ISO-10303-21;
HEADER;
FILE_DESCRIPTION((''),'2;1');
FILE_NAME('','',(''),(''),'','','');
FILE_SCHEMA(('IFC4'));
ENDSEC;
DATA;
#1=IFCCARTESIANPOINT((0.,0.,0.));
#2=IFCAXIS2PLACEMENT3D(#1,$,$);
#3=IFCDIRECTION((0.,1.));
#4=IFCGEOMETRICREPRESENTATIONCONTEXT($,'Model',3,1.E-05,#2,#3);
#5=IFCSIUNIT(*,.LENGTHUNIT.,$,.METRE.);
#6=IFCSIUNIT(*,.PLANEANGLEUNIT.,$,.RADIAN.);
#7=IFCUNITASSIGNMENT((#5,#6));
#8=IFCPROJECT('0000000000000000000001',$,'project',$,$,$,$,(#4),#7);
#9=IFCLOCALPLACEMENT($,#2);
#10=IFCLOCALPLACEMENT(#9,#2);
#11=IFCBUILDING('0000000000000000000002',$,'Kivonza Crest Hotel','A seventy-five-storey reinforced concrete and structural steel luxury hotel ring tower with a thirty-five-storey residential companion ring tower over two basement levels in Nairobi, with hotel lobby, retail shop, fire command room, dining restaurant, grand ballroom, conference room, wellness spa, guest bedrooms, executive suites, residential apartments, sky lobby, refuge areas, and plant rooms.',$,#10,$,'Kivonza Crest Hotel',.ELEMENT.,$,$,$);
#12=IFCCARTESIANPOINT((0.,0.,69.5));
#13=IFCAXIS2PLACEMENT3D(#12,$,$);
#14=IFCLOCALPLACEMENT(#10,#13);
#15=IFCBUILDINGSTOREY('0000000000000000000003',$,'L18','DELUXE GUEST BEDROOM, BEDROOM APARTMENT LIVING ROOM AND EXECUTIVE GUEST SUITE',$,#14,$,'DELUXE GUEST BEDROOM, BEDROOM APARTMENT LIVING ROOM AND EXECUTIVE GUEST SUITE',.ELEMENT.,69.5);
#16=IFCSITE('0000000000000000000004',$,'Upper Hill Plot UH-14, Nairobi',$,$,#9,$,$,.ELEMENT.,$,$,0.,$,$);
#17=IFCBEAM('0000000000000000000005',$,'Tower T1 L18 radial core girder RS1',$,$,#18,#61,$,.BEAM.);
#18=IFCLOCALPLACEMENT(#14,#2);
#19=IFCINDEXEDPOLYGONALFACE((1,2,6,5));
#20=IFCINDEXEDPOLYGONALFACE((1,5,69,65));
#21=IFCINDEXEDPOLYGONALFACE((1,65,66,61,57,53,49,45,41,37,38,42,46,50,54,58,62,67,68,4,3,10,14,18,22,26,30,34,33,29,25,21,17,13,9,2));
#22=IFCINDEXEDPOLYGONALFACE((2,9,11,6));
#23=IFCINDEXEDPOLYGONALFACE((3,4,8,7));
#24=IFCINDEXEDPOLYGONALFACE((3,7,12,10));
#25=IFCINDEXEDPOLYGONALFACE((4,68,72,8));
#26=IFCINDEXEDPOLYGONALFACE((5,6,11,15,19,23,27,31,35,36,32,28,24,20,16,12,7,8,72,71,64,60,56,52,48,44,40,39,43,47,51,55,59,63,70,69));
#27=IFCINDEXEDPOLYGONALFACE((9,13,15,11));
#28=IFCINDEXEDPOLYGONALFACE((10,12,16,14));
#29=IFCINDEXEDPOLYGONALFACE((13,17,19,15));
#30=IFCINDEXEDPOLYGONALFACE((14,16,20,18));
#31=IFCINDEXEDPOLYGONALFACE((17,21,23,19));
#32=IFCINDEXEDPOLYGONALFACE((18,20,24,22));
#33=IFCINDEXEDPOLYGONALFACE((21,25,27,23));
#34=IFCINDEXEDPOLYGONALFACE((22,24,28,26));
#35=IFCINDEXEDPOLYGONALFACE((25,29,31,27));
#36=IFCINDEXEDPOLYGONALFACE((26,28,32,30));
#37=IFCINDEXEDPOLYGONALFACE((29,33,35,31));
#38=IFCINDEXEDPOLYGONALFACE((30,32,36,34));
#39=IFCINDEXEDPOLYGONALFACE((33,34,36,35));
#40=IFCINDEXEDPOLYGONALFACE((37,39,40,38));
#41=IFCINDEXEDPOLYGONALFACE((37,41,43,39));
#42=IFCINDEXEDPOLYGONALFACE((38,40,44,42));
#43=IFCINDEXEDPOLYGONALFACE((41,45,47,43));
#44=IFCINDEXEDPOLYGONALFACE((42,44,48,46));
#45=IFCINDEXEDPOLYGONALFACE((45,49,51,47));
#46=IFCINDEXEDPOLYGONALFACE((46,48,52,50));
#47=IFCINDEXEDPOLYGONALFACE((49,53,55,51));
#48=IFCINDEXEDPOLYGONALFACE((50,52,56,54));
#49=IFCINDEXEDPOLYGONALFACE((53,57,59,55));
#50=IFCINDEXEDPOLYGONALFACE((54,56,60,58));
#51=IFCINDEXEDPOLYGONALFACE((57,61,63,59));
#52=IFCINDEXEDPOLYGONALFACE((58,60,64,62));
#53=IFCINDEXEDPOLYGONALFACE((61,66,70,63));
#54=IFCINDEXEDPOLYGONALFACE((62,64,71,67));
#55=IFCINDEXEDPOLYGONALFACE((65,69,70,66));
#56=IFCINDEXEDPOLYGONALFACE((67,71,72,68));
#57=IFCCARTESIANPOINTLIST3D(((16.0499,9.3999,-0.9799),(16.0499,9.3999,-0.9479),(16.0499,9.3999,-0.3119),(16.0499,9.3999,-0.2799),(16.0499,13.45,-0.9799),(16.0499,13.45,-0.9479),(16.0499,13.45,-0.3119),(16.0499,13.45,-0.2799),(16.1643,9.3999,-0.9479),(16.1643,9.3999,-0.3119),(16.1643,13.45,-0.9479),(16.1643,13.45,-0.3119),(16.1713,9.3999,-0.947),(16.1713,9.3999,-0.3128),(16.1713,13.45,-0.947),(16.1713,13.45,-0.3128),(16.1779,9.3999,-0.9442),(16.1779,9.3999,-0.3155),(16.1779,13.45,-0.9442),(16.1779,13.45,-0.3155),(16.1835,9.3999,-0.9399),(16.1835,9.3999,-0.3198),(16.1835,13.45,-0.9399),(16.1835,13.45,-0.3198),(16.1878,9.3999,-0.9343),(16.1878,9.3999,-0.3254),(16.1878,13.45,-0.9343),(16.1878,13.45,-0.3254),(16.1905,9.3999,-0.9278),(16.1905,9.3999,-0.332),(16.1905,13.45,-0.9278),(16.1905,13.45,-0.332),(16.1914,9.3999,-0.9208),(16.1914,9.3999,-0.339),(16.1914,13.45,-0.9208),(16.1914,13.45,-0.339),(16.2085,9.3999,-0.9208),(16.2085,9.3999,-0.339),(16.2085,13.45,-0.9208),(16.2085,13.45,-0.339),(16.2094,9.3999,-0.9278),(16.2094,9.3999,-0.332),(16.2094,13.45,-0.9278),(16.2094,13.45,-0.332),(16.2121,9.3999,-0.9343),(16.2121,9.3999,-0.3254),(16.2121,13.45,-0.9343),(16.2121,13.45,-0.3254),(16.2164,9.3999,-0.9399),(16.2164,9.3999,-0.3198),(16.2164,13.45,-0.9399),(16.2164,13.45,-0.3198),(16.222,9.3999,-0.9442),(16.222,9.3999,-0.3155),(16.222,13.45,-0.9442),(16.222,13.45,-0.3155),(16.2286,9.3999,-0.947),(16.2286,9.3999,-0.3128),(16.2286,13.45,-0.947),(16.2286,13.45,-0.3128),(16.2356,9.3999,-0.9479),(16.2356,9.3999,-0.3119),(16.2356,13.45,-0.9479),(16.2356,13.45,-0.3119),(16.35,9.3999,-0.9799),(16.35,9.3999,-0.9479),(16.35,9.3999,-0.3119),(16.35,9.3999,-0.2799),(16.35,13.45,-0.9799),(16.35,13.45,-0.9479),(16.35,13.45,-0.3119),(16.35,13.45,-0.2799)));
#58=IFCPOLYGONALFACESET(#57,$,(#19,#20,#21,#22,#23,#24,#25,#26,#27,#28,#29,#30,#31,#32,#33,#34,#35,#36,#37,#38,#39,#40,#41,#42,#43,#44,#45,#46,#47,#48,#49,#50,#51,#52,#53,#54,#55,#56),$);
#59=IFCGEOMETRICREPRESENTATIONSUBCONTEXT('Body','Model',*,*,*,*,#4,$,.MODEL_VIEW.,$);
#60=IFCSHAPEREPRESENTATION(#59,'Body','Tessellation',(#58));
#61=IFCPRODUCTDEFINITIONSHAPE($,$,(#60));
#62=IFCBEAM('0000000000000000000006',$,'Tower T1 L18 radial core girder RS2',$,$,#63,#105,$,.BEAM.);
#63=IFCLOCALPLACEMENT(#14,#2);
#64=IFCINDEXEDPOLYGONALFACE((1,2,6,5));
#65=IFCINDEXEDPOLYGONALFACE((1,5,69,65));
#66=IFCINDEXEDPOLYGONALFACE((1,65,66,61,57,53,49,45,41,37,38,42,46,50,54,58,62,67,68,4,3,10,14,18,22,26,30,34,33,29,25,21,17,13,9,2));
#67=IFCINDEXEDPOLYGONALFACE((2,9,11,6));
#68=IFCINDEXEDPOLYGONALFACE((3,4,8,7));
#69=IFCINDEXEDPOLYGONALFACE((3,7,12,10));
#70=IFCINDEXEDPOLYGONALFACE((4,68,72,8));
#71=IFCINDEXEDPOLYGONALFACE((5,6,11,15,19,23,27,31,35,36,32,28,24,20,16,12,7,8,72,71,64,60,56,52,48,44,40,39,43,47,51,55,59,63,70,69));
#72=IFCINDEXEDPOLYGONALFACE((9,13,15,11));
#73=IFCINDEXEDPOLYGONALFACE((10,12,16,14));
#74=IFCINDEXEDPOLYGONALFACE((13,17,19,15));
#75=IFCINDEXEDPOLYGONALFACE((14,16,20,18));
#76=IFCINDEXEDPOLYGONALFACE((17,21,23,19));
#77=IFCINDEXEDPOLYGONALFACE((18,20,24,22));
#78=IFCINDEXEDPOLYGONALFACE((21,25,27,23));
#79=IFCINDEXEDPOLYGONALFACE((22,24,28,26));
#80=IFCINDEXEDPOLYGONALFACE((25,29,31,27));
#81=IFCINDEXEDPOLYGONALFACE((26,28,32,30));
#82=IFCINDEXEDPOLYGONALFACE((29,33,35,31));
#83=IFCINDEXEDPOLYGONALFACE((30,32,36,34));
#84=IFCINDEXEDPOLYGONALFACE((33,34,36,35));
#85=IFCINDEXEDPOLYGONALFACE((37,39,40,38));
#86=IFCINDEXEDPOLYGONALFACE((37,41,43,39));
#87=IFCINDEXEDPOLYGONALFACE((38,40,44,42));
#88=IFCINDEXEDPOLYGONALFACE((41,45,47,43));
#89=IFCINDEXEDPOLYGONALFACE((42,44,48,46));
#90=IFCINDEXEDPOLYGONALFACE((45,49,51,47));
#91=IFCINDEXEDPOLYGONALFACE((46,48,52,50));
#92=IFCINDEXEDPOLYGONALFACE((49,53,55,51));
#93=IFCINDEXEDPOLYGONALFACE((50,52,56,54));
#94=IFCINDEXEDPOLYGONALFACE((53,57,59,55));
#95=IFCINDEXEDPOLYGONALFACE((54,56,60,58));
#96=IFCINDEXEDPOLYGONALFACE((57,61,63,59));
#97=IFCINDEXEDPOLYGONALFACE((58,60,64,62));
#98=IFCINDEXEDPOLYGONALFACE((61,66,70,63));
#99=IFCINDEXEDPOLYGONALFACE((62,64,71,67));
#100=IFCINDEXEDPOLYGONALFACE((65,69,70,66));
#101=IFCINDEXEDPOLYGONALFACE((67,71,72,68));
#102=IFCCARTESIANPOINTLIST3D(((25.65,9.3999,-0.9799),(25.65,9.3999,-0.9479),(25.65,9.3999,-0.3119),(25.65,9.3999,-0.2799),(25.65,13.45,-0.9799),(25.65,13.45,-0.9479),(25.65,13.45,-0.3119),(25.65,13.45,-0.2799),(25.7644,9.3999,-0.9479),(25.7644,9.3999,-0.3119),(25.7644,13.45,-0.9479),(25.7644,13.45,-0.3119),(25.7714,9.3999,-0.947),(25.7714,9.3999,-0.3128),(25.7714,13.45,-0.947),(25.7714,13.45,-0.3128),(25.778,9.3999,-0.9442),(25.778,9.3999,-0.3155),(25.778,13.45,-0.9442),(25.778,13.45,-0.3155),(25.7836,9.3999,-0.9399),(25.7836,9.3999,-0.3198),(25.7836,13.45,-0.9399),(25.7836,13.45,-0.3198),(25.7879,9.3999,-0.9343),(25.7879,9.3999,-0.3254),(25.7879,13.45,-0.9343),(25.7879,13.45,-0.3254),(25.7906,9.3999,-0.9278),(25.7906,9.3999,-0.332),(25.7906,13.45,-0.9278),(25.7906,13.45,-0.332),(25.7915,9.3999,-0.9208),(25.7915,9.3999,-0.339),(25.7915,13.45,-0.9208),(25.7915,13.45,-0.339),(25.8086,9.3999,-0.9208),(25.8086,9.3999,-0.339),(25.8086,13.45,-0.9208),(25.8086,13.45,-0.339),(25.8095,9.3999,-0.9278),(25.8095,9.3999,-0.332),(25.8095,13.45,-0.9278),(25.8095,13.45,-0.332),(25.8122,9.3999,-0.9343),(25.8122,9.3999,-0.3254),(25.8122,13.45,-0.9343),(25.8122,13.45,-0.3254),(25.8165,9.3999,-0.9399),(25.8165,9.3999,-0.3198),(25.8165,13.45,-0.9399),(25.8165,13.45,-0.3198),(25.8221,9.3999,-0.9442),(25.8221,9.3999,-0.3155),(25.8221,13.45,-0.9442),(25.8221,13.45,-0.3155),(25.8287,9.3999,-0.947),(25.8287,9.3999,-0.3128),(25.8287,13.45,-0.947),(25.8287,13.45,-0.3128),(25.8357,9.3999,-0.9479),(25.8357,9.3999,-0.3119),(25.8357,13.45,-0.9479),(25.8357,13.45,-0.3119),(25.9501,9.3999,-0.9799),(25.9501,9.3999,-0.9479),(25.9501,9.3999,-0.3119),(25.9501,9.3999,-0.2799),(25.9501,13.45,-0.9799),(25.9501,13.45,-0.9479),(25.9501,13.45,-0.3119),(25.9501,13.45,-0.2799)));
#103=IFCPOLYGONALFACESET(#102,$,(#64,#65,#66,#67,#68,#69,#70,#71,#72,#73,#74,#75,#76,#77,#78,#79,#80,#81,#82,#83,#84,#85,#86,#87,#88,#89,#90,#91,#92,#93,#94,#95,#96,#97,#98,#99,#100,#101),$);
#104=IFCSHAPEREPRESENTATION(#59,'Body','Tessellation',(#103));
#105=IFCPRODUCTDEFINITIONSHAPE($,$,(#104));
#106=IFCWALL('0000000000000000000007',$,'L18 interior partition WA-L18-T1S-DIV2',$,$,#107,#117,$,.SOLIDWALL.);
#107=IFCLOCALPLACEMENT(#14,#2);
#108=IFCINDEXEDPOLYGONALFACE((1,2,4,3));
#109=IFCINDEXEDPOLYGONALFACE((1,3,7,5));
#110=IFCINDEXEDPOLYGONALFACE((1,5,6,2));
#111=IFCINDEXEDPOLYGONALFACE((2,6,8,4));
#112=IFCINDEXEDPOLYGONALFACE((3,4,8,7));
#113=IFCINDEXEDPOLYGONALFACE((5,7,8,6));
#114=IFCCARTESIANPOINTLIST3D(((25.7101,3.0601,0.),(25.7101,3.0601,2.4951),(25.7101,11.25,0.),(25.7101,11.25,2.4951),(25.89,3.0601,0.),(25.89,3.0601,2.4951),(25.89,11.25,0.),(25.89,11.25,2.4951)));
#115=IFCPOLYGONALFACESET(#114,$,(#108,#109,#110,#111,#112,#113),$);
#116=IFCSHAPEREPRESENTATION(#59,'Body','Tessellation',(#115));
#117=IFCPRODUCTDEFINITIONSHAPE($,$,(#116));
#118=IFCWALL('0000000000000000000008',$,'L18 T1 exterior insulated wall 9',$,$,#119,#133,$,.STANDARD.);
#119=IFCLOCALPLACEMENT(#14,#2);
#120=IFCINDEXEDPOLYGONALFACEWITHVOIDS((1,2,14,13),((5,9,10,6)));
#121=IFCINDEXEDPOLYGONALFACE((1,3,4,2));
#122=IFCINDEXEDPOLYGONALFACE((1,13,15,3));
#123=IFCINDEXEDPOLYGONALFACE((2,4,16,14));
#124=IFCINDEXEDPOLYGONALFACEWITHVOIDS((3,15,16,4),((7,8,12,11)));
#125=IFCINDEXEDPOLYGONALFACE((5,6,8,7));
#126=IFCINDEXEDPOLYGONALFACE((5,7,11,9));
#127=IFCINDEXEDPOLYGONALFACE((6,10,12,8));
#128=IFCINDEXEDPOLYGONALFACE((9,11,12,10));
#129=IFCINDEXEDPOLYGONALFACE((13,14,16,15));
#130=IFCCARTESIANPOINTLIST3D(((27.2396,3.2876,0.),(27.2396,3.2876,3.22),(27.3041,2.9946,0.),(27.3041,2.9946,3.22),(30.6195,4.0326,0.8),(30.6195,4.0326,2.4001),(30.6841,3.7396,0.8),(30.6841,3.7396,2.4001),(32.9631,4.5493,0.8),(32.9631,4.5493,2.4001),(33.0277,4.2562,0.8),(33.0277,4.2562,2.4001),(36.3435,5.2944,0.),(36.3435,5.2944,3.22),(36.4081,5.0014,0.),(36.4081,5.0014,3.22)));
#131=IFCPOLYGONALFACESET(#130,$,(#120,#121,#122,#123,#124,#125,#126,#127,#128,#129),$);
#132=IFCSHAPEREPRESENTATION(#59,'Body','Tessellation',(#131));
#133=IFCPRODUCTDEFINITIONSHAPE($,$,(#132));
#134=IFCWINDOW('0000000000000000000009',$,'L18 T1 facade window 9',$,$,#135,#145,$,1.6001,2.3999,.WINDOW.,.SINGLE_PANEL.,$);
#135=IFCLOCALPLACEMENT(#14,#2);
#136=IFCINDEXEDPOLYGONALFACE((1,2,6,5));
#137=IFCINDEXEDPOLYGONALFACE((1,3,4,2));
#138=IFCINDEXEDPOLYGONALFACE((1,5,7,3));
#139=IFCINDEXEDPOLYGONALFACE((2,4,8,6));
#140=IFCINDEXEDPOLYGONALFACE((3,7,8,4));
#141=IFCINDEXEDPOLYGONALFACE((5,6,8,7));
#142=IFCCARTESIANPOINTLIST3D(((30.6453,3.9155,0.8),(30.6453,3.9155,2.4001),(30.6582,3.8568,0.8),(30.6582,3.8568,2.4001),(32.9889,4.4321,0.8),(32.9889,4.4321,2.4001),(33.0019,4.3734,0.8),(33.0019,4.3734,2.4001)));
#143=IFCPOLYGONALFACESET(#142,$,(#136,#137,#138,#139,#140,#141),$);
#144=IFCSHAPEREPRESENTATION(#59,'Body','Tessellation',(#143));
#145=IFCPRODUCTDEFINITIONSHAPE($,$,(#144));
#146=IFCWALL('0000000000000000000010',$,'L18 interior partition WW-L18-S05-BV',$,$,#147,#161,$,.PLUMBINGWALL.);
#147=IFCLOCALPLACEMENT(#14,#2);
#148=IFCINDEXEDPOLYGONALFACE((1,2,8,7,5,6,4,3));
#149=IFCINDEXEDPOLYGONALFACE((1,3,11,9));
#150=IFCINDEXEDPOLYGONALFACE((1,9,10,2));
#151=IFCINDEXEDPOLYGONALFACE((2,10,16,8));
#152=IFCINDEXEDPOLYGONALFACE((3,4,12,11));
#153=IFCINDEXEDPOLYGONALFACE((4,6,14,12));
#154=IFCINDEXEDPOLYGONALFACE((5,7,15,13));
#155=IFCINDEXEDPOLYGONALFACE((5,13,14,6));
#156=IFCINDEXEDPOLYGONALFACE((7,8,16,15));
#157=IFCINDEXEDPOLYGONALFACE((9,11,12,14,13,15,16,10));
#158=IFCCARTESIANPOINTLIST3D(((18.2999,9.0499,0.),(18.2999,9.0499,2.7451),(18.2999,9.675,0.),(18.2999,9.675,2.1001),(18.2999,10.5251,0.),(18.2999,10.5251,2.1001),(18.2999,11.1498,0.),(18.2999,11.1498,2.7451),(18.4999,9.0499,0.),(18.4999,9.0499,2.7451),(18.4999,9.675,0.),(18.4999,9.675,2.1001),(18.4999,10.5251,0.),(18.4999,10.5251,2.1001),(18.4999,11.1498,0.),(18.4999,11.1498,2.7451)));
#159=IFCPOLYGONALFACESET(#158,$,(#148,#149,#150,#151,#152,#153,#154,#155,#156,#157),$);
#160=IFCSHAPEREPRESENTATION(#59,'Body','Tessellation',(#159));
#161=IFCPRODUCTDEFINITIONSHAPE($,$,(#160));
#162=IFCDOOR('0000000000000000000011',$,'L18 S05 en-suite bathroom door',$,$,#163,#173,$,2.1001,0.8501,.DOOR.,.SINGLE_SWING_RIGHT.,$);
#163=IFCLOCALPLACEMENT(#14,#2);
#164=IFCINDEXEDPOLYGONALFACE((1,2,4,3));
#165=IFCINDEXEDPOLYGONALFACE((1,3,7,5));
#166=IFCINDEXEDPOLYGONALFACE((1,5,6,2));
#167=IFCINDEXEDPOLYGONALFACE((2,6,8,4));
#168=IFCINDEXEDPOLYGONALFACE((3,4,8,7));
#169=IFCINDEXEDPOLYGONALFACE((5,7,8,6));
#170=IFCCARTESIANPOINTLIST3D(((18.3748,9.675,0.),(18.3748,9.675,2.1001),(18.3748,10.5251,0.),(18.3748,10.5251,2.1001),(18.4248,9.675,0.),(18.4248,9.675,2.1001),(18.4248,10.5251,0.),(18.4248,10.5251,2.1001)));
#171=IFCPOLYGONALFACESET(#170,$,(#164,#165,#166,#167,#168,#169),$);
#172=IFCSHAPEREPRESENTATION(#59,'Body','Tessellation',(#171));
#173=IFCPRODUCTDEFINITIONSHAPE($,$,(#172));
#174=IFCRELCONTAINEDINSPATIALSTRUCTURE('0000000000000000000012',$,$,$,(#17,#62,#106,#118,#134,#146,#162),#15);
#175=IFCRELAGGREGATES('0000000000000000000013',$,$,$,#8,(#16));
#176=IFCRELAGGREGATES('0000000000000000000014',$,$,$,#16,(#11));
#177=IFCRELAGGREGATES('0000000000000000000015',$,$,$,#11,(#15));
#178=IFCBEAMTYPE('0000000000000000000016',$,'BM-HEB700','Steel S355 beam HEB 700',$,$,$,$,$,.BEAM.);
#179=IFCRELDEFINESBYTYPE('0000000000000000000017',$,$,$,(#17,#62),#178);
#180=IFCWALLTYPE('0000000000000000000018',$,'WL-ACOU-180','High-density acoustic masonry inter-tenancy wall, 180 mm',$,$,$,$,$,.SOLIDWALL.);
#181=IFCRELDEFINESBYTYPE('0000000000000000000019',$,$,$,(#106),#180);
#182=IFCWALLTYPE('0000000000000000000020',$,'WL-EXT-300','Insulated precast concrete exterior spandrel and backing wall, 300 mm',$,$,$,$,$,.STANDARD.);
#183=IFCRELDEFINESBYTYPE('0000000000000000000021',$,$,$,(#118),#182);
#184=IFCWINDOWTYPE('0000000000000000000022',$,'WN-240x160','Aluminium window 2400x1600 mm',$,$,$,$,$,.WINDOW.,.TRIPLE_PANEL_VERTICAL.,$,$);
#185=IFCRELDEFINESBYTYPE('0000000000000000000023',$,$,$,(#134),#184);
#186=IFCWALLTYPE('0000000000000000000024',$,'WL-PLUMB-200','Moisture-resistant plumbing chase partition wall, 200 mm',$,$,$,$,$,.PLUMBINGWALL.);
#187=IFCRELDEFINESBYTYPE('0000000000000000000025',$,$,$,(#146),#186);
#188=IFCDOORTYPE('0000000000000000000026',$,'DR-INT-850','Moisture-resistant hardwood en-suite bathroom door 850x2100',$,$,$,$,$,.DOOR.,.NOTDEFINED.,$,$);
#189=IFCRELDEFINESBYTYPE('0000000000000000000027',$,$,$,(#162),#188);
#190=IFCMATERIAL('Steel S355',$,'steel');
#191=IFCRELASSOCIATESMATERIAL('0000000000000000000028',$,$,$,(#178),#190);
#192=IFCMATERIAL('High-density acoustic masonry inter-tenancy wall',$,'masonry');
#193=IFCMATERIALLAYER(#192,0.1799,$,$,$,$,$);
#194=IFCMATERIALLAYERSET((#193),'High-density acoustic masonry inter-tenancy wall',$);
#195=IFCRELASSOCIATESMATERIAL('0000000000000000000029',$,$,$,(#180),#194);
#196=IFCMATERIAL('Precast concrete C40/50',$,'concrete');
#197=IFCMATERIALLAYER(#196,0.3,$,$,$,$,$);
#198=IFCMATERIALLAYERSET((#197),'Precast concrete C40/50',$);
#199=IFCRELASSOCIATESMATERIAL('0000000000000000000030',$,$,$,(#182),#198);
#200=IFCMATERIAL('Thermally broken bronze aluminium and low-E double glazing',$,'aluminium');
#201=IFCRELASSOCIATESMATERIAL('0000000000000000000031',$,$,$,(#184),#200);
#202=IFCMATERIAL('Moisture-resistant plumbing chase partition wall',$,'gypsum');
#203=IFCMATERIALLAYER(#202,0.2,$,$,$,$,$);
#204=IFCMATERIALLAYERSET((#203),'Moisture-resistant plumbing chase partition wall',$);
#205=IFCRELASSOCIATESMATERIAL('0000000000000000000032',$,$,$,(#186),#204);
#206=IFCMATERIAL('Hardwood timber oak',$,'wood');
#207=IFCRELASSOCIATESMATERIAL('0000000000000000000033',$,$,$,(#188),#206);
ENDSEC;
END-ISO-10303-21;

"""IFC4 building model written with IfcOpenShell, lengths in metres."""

from ifc_helpers import new_model, si_unit, direction, frame, frame_2d, origin, origin_2d, place, context, subcontext, project, spatial, rectangle, i_section, extrude, material, layer, layer_set, material_profile, profile_set, type_object, element, fill, save


model = new_model("IFC4")

# Units and contexts
model_context = context("Model", 3, precision=1e-05, world=origin(), true_north=direction((0.0, 1.0)))
body_context = subcontext(model_context, "Body", "Model", "MODEL_VIEW")
ifc_project = project(units=[si_unit("LENGTHUNIT", "METRE"), si_unit("PLANEANGLEUNIT", "RADIAN")], contexts=[model_context])

# Site, building, storey
site_placement = place(None, origin())
site = spatial("IfcSite", under=ifc_project, at=site_placement, Name="Upper Hill Plot UH-14, Nairobi", CompositionType="ELEMENT", RefElevation=0.0)
building_placement = place(site_placement, origin())
building = spatial("IfcBuilding", under=site, at=building_placement, Name="Kivonza Crest Hotel", Description="A seventy-five-storey reinforced concrete and structural steel luxury hotel ring tower with a thirty-five-storey residential companion ring tower over two basement levels in Nairobi, with hotel lobby, retail shop, fire command room, dining restaurant, grand ballroom, conference room, wellness spa, guest bedrooms, executive suites, residential apartments, sky lobby, refuge areas, and plant rooms.", LongName="Kivonza Crest Hotel", CompositionType="ELEMENT")
storey_placement = place(building_placement, frame((0.0, 0.0, 69.5)))
storey = spatial("IfcBuildingStorey", under=building, at=storey_placement, Name="L18", Description="DELUXE GUEST BEDROOM, BEDROOM APARTMENT LIVING ROOM AND EXECUTIVE GUEST SUITE", LongName="DELUXE GUEST BEDROOM, BEDROOM APARTMENT LIVING ROOM AND EXECUTIVE GUEST SUITE", CompositionType="ELEMENT", Elevation=69.5)

# Beams
ifc_material_1 = material(Name="Steel S355", Category="steel")
ifc_material_profile_1 = material_profile(ifc_material_1, i_section(OverallWidth=0.3, OverallDepth=0.7, WebThickness=0.0171, FlangeThickness=0.032, FilletRadius=0.0271, at=origin_2d()), Name="HEB 700")
ifc_profile_set_1 = profile_set([ifc_material_profile_1], Name="Steel S355")
beam_type_1 = type_object("IfcBeamType", Name="BM-HEB700", Description="Steel S355 beam HEB 700", PredefinedType="BEAM", material=ifc_profile_set_1)
for number, where, z_axis, x_axis, name in (
    (1, (16.2, 9.3999, -0.6299), (0.0, 1.0, 0.0), (-1.0, 0.0, 0.0), "Tower T1 L18 radial core girder RS1"),
    (2, (25.8, 9.3999, -0.6299), (0.0, 1.0, 0.0), (-1.0, 0.0, 0.0), "Tower T1 L18 radial core girder RS2"),
):
    element("IfcBeam", number, at=place(storey_placement, frame(where, z_axis=z_axis, x_axis=x_axis)), inside=storey, type_object=beam_type_1, Name=name, PredefinedType="BEAM", context=body_context, shape_type="SweptSolid", body=[
        extrude(i_section(OverallWidth=0.3, OverallDepth=0.7, WebThickness=0.0171, FlangeThickness=0.032, FilletRadius=0.0271, at=origin_2d()), origin(), (0.0, 0.0, 1.0), 4.05),
    ])

# Wall
ifc_material_2 = material(Name="High-density acoustic masonry inter-tenancy wall", Category="masonry")
ifc_layer_1 = layer(ifc_material_2, 0.1799)
ifc_layer_set_1 = layer_set([ifc_layer_1], Name="High-density acoustic masonry inter-tenancy wall")
wall_type_1 = type_object("IfcWallType", Name="WL-ACOU-180", Description="High-density acoustic masonry inter-tenancy wall, 180 mm", PredefinedType="SOLIDWALL", material=ifc_layer_set_1)
wall_1_placement = place(storey_placement, frame((25.8, 3.0601, 0.0), z_axis=(0.0, 0.0, 1.0), x_axis=(0.0, 1.0, 0.0)))
element("IfcWall", 3, at=wall_1_placement, inside=storey, type_object=wall_type_1, Name="L18 interior partition WA-L18-T1S-DIV2", PredefinedType="SOLIDWALL", context=body_context, shape_type="SweptSolid", body=[
    extrude(rectangle(XDim=8.1899, YDim=0.1799, at=frame_2d((4.095, 0.0))), origin(), (0.0, 0.0, 1.0), 2.4951),
])

# Wall, opening, window
ifc_material_3 = material(Name="Precast concrete C40/50", Category="concrete")
ifc_layer_2 = layer(ifc_material_3, 0.3)
ifc_layer_set_2 = layer_set([ifc_layer_2], Name="Precast concrete C40/50")
wall_type_2 = type_object("IfcWallType", Name="WL-EXT-300", Description="Insulated precast concrete exterior spandrel and backing wall, 300 mm", PredefinedType="STANDARD", material=ifc_layer_set_2)
wall_2_placement = place(storey_placement, frame((27.272, 3.1411, 0.0), z_axis=(0.0, 0.0, 1.0), x_axis=(0.976555, 0.215266, 0.0)))
wall_2 = element("IfcWall", 4, at=wall_2_placement, inside=storey, type_object=wall_type_2, Name="L18 T1 exterior insulated wall 9", PredefinedType="STANDARD", context=body_context, shape_type="SweptSolid", body=[
    extrude(rectangle(XDim=9.3225, YDim=0.3, at=frame_2d((4.6611, 0.0))), origin(), (0.0, 0.0, 1.0), 3.22),
])
opening_1_placement = place(wall_2_placement, frame((3.4609, 0.0, 0.8)))
opening_1 = element("IfcOpeningElement", 5, at=opening_1_placement, cuts=wall_2, PredefinedType="OPENING", context=body_context, shape_type="SweptSolid", body=[
    extrude(rectangle(XDim=2.3999, YDim=1.6001, at=frame_2d((1.2, 0.8))), frame((0.0, 0.1602, 0.0), z_axis=(0.0, -1.0, 0.0), x_axis=(1.0, 0.0, 0.0)), (0.0, 0.0, 1.0), 0.3201),
])
ifc_material_4 = material(Name="Thermally broken bronze aluminium and low-E double glazing", Category="aluminium")
window_type = type_object("IfcWindowType", Name="WN-240x160", Description="Aluminium window 2400x1600 mm", PartitioningType="TRIPLE_PANEL_VERTICAL", PredefinedType="WINDOW", material=ifc_material_4)
window_placement = place(opening_1_placement, origin())
window = element("IfcWindow", 6, at=window_placement, inside=storey, type_object=window_type, Name="L18 T1 facade window 9", OverallHeight=1.6001, OverallWidth=2.3999, PartitioningType="SINGLE_PANEL", PredefinedType="WINDOW", context=body_context, shape_type="SweptSolid", body=[
    extrude(rectangle(XDim=2.3999, YDim=1.6001, at=frame_2d((1.2, 0.8))), frame((0.0, 0.03, 0.0), z_axis=(0.0, -1.0, 0.0), x_axis=(1.0, 0.0, 0.0)), (0.0, 0.0, 1.0), 0.0601),
])
fill(opening_1, window)

# Wall, opening, door
ifc_material_5 = material(Name="Moisture-resistant plumbing chase partition wall", Category="gypsum")
ifc_layer_3 = layer(ifc_material_5, 0.2)
ifc_layer_set_3 = layer_set([ifc_layer_3], Name="Moisture-resistant plumbing chase partition wall")
wall_type_3 = type_object("IfcWallType", Name="WL-PLUMB-200", Description="Moisture-resistant plumbing chase partition wall, 200 mm", PredefinedType="PLUMBINGWALL", material=ifc_layer_set_3)
wall_3_placement = place(storey_placement, frame((18.3999, 9.05, 0.0), z_axis=(0.0, 0.0, 1.0), x_axis=(0.0, 1.0, 0.0)))
wall_3 = element("IfcWall", 7, at=wall_3_placement, inside=storey, type_object=wall_type_3, Name="L18 interior partition WW-L18-S05-BV", PredefinedType="PLUMBINGWALL", context=body_context, shape_type="SweptSolid", body=[
    extrude(rectangle(XDim=2.0999, YDim=0.2, at=frame_2d((1.0498, 0.0))), origin(), (0.0, 0.0, 1.0), 2.7451),
])
opening_2_placement = place(wall_3_placement, frame((0.625, 0.0, 0.0)))
opening_2 = element("IfcOpeningElement", 8, at=opening_2_placement, cuts=wall_3, PredefinedType="OPENING", context=body_context, shape_type="SweptSolid", body=[
    extrude(rectangle(XDim=0.8501, YDim=2.1001, at=frame_2d((0.425, 1.05))), frame((0.0, 0.1099, 0.0), z_axis=(0.0, -1.0, 0.0), x_axis=(1.0, 0.0, 0.0)), (0.0, 0.0, 1.0), 0.22),
])
ifc_material_6 = material(Name="Hardwood timber oak", Category="wood")
door_type = type_object("IfcDoorType", Name="DR-INT-850", Description="Moisture-resistant hardwood en-suite bathroom door 850x2100", OperationType="NOTDEFINED", PredefinedType="DOOR", material=ifc_material_6)
door_placement = place(opening_2_placement, frame((0.8501, 0.0, 0.0), z_axis=(0.0, 0.0, 1.0), x_axis=(-1.0, 0.0, 0.0)))
door = element("IfcDoor", 9, at=door_placement, inside=storey, type_object=door_type, Name="L18 S05 en-suite bathroom door", OperationType="SINGLE_SWING_RIGHT", OverallHeight=2.1001, OverallWidth=0.8501, PredefinedType="DOOR", context=body_context, shape_type="SweptSolid", body=[
    extrude(rectangle(XDim=0.8501, YDim=2.1001, at=frame_2d((0.425, 1.05))), frame((0.0, 0.0249, 0.0), z_axis=(0.0, -1.0, 0.0), x_axis=(1.0, 0.0, 0.0)), (0.0, 0.0, 1.0), 0.05),
])
fill(opening_2, door)

save(model, "model.ifc")
